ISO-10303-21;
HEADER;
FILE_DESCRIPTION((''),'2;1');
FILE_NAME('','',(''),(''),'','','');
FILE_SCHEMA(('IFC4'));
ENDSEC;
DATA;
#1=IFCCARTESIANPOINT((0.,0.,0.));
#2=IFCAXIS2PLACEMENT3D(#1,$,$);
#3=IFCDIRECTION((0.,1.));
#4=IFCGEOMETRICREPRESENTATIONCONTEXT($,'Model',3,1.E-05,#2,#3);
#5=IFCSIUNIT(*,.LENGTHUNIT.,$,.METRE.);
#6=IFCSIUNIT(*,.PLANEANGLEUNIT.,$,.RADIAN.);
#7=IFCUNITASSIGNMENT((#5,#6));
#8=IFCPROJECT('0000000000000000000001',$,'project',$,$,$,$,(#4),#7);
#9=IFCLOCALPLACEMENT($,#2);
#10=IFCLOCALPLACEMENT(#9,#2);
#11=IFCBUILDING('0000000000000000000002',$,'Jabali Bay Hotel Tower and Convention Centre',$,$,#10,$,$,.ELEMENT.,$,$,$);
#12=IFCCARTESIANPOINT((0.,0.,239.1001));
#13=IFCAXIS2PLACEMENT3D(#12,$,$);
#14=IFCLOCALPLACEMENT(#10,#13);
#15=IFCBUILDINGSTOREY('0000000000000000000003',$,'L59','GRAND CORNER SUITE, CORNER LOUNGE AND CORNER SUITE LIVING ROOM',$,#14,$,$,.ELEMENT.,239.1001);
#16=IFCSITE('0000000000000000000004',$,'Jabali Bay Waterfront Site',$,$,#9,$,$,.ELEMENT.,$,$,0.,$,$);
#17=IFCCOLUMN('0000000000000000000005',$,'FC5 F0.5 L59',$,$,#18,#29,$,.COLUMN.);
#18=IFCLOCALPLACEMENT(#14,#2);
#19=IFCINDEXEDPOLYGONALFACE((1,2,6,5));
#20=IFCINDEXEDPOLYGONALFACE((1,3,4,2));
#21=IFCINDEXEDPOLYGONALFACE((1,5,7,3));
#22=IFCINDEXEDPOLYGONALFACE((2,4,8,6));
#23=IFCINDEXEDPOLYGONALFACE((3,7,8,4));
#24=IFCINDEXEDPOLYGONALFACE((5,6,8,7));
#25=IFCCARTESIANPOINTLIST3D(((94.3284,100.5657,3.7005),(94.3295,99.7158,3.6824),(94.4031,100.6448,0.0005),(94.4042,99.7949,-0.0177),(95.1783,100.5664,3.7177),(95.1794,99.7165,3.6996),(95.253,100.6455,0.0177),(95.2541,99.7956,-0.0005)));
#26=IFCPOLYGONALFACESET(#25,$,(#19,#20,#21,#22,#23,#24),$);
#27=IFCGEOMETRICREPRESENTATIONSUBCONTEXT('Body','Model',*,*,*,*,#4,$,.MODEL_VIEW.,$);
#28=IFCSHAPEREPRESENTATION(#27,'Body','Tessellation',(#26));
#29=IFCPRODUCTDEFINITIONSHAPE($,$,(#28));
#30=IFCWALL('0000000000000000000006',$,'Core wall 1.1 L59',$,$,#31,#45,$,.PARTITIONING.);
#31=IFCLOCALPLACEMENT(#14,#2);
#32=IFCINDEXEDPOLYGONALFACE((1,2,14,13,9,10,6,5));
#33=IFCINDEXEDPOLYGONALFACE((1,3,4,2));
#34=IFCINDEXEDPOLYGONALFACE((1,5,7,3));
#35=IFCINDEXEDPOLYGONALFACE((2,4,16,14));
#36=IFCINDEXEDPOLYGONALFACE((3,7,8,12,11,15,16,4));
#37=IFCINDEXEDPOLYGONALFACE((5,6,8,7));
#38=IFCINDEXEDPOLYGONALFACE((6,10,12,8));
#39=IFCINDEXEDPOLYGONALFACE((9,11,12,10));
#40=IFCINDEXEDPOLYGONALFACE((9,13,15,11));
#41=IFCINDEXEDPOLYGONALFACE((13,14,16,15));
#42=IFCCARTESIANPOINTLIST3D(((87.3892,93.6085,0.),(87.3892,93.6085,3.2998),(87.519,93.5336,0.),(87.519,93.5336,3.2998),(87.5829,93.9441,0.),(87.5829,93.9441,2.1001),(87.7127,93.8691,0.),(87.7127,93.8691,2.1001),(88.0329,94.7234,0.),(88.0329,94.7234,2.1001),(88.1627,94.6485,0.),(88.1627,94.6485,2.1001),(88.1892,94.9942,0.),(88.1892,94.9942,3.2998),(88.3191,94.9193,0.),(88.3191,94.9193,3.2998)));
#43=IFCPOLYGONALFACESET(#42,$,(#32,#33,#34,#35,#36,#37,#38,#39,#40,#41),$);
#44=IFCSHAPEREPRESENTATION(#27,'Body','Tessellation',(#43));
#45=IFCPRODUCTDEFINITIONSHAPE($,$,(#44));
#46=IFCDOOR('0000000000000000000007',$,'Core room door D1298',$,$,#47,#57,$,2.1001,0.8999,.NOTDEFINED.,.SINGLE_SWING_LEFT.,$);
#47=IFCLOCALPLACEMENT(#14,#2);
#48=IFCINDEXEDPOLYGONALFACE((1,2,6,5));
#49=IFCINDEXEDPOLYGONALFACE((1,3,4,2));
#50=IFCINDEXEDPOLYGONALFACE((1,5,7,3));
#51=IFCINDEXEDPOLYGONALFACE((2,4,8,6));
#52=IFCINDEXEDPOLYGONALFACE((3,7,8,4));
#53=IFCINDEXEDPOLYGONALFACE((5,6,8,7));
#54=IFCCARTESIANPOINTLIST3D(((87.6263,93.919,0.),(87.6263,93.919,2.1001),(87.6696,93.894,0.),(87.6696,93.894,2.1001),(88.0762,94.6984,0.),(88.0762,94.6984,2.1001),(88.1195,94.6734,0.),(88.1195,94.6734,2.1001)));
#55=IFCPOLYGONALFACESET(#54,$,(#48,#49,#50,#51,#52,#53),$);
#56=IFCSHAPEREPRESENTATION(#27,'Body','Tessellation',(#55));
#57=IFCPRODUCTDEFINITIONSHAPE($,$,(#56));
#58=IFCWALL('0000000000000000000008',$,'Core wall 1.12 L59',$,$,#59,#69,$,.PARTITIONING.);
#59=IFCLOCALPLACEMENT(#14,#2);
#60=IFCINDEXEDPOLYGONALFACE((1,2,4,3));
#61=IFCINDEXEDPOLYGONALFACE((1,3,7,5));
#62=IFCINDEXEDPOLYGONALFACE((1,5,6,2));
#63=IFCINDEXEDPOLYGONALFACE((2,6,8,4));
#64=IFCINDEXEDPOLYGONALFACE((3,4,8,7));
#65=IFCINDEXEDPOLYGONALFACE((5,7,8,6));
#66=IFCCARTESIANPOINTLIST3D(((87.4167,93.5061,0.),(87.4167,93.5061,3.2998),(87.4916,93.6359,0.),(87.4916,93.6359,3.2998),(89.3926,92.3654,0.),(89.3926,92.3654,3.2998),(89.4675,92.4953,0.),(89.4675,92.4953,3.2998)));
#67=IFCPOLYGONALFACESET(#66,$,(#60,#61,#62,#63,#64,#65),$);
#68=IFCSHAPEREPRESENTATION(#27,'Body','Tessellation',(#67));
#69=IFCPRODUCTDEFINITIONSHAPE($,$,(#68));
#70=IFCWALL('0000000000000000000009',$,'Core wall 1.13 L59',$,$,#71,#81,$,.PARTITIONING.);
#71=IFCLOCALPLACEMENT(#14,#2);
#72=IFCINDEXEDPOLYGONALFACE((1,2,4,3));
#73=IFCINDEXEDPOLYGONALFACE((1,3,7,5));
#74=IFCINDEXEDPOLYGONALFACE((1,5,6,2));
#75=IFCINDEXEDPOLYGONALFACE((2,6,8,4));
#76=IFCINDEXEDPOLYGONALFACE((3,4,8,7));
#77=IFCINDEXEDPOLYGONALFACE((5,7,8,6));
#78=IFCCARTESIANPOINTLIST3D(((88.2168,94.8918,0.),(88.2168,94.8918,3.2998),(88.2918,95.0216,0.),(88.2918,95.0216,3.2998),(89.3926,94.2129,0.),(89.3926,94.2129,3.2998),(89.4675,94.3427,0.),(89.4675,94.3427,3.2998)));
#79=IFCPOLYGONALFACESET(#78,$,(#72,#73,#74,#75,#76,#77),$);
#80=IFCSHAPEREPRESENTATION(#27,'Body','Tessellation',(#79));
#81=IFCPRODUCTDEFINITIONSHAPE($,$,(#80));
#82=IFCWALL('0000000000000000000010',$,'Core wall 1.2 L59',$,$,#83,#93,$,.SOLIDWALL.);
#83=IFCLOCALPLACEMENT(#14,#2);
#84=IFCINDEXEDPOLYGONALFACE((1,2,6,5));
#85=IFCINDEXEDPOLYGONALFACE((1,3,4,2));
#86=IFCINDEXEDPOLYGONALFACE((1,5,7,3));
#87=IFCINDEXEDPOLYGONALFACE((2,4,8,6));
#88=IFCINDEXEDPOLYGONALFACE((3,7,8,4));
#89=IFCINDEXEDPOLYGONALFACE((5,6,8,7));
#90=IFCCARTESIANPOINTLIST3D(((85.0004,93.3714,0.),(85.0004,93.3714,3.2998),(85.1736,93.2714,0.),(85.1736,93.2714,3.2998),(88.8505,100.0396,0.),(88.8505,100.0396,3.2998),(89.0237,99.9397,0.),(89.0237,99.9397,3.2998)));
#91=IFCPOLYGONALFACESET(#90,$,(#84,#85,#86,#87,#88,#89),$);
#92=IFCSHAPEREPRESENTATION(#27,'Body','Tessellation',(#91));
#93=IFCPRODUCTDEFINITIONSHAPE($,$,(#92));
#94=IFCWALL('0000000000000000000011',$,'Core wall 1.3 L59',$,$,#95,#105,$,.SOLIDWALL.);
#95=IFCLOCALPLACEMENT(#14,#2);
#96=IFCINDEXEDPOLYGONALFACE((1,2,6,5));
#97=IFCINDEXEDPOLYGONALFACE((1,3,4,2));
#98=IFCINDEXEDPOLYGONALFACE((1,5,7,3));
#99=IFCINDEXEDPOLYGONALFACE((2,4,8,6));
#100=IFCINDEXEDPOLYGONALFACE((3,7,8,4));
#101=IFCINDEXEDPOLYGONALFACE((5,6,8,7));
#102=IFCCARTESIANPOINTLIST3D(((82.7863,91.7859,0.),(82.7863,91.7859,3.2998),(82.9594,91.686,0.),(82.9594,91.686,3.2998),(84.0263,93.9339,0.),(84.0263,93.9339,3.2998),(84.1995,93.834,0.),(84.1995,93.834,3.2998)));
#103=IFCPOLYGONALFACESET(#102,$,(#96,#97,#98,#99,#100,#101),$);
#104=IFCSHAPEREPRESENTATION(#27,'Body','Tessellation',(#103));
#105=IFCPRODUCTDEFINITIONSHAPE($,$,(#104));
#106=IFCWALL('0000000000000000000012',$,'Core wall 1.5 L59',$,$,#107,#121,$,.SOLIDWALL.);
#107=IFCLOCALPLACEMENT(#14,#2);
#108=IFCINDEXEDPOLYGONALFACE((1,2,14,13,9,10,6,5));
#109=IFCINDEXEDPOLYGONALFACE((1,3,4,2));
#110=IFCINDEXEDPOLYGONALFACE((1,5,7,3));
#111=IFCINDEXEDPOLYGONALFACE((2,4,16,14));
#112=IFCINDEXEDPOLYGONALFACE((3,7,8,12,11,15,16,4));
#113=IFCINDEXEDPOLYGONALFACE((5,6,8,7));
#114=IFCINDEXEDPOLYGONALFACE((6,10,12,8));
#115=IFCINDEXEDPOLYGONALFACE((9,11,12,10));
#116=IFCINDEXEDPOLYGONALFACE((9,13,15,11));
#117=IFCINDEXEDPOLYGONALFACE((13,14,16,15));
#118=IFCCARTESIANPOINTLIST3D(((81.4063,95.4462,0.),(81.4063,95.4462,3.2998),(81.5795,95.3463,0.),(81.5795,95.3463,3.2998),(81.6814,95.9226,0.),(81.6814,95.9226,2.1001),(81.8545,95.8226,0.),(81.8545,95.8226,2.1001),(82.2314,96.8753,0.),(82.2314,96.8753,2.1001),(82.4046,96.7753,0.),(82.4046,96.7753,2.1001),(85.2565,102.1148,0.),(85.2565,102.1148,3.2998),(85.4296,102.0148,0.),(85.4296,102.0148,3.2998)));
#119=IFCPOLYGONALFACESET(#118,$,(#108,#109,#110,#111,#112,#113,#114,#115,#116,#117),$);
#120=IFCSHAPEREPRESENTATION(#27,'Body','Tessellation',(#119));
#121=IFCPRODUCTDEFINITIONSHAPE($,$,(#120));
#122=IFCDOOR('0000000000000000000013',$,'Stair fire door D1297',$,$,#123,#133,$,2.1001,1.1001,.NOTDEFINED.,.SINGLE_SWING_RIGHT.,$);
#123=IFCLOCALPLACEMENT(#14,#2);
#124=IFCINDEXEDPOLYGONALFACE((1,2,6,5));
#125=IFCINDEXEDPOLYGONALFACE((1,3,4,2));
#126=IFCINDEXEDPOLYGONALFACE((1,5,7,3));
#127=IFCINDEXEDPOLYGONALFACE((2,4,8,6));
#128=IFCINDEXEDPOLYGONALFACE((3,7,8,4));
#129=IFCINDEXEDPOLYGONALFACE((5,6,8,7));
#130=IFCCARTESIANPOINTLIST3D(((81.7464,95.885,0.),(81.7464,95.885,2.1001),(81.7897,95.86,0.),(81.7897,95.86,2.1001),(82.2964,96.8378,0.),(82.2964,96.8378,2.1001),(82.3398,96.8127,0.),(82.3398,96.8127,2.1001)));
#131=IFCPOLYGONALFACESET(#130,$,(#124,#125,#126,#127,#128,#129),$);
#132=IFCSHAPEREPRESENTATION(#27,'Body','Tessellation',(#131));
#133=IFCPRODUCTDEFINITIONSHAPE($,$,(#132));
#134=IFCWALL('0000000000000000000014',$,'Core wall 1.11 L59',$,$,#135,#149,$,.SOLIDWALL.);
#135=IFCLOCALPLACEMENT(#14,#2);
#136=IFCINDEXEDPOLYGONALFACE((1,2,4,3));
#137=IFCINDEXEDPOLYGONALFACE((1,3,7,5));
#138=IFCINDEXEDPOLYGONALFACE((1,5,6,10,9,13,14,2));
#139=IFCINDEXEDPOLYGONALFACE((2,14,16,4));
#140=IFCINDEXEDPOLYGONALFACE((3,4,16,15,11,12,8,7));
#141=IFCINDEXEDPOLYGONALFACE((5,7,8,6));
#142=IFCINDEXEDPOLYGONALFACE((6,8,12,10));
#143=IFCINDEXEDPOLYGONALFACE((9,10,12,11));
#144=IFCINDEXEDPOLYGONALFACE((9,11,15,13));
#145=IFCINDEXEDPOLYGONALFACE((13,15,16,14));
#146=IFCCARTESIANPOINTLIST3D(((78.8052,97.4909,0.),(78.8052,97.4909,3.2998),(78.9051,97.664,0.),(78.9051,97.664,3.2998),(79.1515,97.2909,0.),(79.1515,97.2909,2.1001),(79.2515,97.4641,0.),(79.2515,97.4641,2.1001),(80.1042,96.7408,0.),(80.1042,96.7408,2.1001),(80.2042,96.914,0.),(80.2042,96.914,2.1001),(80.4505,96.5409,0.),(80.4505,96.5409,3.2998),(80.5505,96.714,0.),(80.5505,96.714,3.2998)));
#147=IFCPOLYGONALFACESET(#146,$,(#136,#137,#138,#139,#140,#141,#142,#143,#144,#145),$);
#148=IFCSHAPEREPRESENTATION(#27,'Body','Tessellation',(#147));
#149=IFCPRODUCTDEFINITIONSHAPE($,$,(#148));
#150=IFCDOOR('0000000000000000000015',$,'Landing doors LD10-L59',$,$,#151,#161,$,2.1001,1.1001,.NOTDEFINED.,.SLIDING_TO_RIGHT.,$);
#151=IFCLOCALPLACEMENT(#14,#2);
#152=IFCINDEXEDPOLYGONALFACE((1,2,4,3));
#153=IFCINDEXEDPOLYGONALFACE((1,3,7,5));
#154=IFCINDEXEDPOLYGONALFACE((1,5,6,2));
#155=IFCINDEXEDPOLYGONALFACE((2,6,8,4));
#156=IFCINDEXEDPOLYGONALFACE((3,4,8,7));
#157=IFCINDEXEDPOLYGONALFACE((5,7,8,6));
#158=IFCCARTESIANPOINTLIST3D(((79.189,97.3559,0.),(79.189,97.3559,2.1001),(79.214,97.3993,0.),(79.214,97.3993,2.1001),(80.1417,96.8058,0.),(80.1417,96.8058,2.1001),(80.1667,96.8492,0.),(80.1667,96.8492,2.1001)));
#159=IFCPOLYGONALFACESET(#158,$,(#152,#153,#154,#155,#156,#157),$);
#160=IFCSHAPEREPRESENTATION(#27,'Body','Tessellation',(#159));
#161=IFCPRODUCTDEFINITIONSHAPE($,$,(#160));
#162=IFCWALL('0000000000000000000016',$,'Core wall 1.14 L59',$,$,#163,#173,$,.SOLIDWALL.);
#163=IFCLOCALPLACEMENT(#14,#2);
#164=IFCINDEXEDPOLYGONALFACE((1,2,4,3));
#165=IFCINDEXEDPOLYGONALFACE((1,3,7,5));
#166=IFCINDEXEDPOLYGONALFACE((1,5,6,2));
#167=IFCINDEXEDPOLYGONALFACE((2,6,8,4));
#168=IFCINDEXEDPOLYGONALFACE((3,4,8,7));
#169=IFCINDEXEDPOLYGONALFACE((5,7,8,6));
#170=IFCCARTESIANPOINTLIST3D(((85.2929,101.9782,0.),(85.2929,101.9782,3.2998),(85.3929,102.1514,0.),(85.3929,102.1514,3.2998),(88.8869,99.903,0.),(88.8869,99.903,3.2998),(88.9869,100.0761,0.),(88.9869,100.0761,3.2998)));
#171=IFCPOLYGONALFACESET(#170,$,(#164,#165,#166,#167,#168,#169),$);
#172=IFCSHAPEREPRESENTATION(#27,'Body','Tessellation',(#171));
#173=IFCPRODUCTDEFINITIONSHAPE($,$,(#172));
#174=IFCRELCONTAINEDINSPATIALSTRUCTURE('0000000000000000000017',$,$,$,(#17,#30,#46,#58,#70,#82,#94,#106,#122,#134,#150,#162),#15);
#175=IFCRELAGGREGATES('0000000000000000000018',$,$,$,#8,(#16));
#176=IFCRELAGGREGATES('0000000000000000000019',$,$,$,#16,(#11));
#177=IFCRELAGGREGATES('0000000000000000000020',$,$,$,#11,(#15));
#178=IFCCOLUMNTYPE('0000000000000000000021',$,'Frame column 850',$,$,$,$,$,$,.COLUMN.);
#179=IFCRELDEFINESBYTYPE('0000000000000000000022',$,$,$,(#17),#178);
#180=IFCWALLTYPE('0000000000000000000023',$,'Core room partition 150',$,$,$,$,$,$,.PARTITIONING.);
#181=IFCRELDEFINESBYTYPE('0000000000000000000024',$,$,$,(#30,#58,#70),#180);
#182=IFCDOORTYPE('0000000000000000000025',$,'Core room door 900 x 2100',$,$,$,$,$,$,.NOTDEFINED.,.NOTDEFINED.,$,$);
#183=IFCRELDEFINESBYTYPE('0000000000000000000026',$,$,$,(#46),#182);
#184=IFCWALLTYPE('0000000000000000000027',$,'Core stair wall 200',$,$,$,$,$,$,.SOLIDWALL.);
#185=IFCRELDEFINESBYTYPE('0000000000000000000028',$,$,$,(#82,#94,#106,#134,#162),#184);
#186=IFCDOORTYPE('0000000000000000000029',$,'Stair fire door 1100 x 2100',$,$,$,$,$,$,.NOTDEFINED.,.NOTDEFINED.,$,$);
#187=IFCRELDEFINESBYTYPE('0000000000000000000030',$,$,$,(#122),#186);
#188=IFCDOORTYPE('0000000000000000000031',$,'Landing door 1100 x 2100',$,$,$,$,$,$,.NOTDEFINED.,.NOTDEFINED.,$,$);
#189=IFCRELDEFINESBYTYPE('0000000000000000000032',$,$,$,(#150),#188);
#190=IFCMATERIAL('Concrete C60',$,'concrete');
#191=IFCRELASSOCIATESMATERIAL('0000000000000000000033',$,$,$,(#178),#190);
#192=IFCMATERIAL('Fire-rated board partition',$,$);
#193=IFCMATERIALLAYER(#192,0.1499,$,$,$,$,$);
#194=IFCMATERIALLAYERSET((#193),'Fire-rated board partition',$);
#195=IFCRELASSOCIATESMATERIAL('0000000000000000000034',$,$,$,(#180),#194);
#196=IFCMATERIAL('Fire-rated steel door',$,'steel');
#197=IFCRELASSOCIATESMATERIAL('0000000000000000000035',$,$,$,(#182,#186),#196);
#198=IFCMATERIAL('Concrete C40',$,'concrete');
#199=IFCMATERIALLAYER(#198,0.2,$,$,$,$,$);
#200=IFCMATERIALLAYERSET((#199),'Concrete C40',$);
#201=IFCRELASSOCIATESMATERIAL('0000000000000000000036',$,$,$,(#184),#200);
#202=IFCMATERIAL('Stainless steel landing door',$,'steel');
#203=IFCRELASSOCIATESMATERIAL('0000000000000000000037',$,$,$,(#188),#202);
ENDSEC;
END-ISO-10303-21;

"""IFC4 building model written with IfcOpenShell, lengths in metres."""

from ifc_helpers import new_model, si_unit, direction, frame, frame_2d, origin, origin_2d, place, context, subcontext, project, spatial, rectangle, extrude, material, layer, layer_set, material_profile, profile_set, type_object, element, fill, save


model = new_model("IFC4")

# Units and contexts
model_context = context("Model", 3, precision=1e-05, world=origin(), true_north=direction((0.0, 1.0)))
body_context = subcontext(model_context, "Body", "Model", "MODEL_VIEW")
ifc_project = project(units=[si_unit("LENGTHUNIT", "METRE"), si_unit("PLANEANGLEUNIT", "RADIAN")], contexts=[model_context])

# Site, building, storey
site_placement = place(None, origin())
site = spatial("IfcSite", under=ifc_project, at=site_placement, Name="Jabali Bay Waterfront Site", CompositionType="ELEMENT", RefElevation=0.0)
building_placement = place(site_placement, origin())
building = spatial("IfcBuilding", under=site, at=building_placement, Name="Jabali Bay Hotel Tower and Convention Centre", CompositionType="ELEMENT")
storey_placement = place(building_placement, frame((0.0, 0.0, 239.1001)))
storey = spatial("IfcBuildingStorey", under=building, at=storey_placement, Name="L59", Description="GRAND CORNER SUITE, CORNER LOUNGE AND CORNER SUITE LIVING ROOM", CompositionType="ELEMENT", Elevation=239.1001)

# Column
ifc_material_1 = material(Name="Concrete C60", Category="concrete")
ifc_material_profile = material_profile(ifc_material_1, rectangle(XDim=0.8501, YDim=0.8501, at=origin_2d()), Name="Frame column 850")
ifc_profile_set = profile_set([ifc_material_profile], Name="Concrete C60")
column_type = type_object("IfcColumnType", Name="Frame column 850", PredefinedType="COLUMN", material=ifc_profile_set)
column_placement = place(storey_placement, frame((94.8286, 100.2202, 0.0), z_axis=(-0.020183, -0.02137, 0.999568), x_axis=(0.999795, 0.000884, 0.020206)))
element("IfcColumn", 1, at=column_placement, inside=storey, type_object=column_type, Name="FC5 F0.5 L59", PredefinedType="COLUMN", context=body_context, shape_type="SweptSolid", body=[
    extrude(rectangle(XDim=0.8501, YDim=0.8501, at=origin_2d()), origin(), (0.0, 0.0, 1.0), 3.7017),
])

# Wall, opening, door
ifc_material_2 = material(Name="Fire-rated board partition")
ifc_layer_1 = layer(ifc_material_2, 0.1499)
ifc_layer_set_1 = layer_set([ifc_layer_1], Name="Fire-rated board partition")
wall_type_1 = type_object("IfcWallType", Name="Core room partition 150", PredefinedType="PARTITIONING", material=ifc_layer_set_1)
wall_1_placement = place(storey_placement, frame((87.4541, 93.571, 0.0), z_axis=(0.0, 0.0, 1.0), x_axis=(0.499995, 0.866028, 0.0)))
wall_1 = element("IfcWall", 2, at=wall_1_placement, inside=storey, type_object=wall_type_1, Name="Core wall 1.1 L59", PredefinedType="PARTITIONING", context=body_context, shape_type="SweptSolid", body=[
    extrude(rectangle(XDim=1.6001, YDim=0.1499, at=frame_2d((0.8, 0.0))), origin(), (0.0, 0.0, 1.0), 3.2998),
])
opening_1_placement = place(wall_1_placement, frame((0.3875, 0.0, 0.0)))
opening_1 = element("IfcOpeningElement", 3, at=opening_1_placement, cuts=wall_1, PredefinedType="OPENING", context=body_context, shape_type="SweptSolid", body=[
    extrude(rectangle(XDim=0.8999, YDim=2.1001, at=frame_2d((0.45, 1.05))), frame((0.0, 0.0854, 0.0), z_axis=(0.0, -1.0, 0.0), x_axis=(1.0, 0.0, 0.0)), (0.0, 0.0, 1.0), 0.1709),
])
ifc_material_3 = material(Name="Fire-rated steel door", Category="steel")
door_type_1 = type_object("IfcDoorType", Name="Core room door 900 x 2100", OperationType="NOTDEFINED", PredefinedType="NOTDEFINED", material=ifc_material_3)
door_1_placement = place(opening_1_placement, origin())
door_1 = element("IfcDoor", 4, at=door_1_placement, inside=storey, type_object=door_type_1, Name="Core room door D1298", OperationType="SINGLE_SWING_LEFT", OverallHeight=2.1001, OverallWidth=0.8999, PredefinedType="NOTDEFINED", context=body_context, shape_type="SweptSolid", body=[
    extrude(rectangle(XDim=0.8999, YDim=2.1001, at=frame_2d((0.45, 1.05))), frame((0.0, 0.0249, 0.0), z_axis=(0.0, -1.0, 0.0), x_axis=(1.0, 0.0, 0.0)), (0.0, 0.0, 1.0), 0.05),
])
fill(opening_1, door_1)

# Walls
wall_2_placement = place(storey_placement, frame((89.4299, 92.4304, 0.0), z_axis=(0.0, 0.0, 1.0), x_axis=(-0.866048, 0.49996, 0.0)))
element("IfcWall", 5, at=wall_2_placement, inside=storey, type_object=wall_type_1, Name="Core wall 1.12 L59", PredefinedType="PARTITIONING", context=body_context, shape_type="SweptSolid", body=[
    extrude(rectangle(XDim=2.2815, YDim=0.1499, at=frame_2d((1.1406, 0.0))), origin(), (0.0, 0.0, 1.0), 3.2998),
])
wall_3_placement = place(storey_placement, frame((89.4299, 94.2778, 0.0), z_axis=(0.0, 0.0, 1.0), x_axis=(-0.865988, 0.500065, 0.0)))
element("IfcWall", 6, at=wall_3_placement, inside=storey, type_object=wall_type_1, Name="Core wall 1.13 L59", PredefinedType="PARTITIONING", context=body_context, shape_type="SweptSolid", body=[
    extrude(rectangle(XDim=1.3577, YDim=0.1499, at=frame_2d((0.6787, 0.0))), origin(), (0.0, 0.0, 1.0), 3.2998),
])
ifc_material_4 = material(Name="Concrete C40", Category="concrete")
ifc_layer_2 = layer(ifc_material_4, 0.2)
ifc_layer_set_2 = layer_set([ifc_layer_2], Name="Concrete C40")
wall_type_2 = type_object("IfcWallType", Name="Core stair wall 200", PredefinedType="SOLIDWALL", material=ifc_layer_set_2)
wall_4_placement = place(storey_placement, frame((85.0869, 93.3213, 0.0), z_axis=(0.0, 0.0, 1.0), x_axis=(0.50002, 0.866014, 0.0)))
element("IfcWall", 7, at=wall_4_placement, inside=storey, type_object=wall_type_2, Name="Core wall 1.2 L59", PredefinedType="SOLIDWALL", context=body_context, shape_type="SweptSolid", body=[
    extrude(rectangle(XDim=7.7, YDim=0.2, at=frame_2d((3.8501, 0.0))), origin(), (0.0, 0.0, 1.0), 3.2998),
])
wall_5_placement = place(storey_placement, frame((82.8728, 91.7358, 0.0), z_axis=(0.0, 0.0, 1.0), x_axis=(0.499961, 0.866048, 0.0)))
element("IfcWall", 8, at=wall_5_placement, inside=storey, type_object=wall_type_2, Name="Core wall 1.3 L59", PredefinedType="SOLIDWALL", context=body_context, shape_type="SweptSolid", body=[
    extrude(rectangle(XDim=2.4802, YDim=0.2, at=frame_2d((1.2402, 0.0))), origin(), (0.0, 0.0, 1.0), 3.2998),
])

# Walls, openings, doors
wall_6_placement = place(storey_placement, frame((81.4929, 95.3962, 0.0), z_axis=(0.0, 0.0, 1.0), x_axis=(0.500006, 0.866022, 0.0)))
wall_6 = element("IfcWall", 9, at=wall_6_placement, inside=storey, type_object=wall_type_2, Name="Core wall 1.5 L59", PredefinedType="SOLIDWALL", context=body_context, shape_type="SweptSolid", body=[
    extrude(rectangle(XDim=7.7002, YDim=0.2, at=frame_2d((3.8501, 0.0))), origin(), (0.0, 0.0, 1.0), 3.2998),
])
opening_2_placement = place(wall_6_placement, frame((0.55, 0.0, 0.0)))
opening_2 = element("IfcOpeningElement", 10, at=opening_2_placement, cuts=wall_6, PredefinedType="OPENING", context=body_context, shape_type="SweptSolid", body=[
    extrude(rectangle(XDim=1.1001, YDim=2.1001, at=frame_2d((0.55, 1.05))), frame((0.0, 0.1104, 0.0), z_axis=(0.0, -1.0, 0.0), x_axis=(1.0, 0.0, 0.0)), (0.0, 0.0, 1.0), 0.2209),
])
door_type_2 = type_object("IfcDoorType", Name="Stair fire door 1100 x 2100", OperationType="NOTDEFINED", PredefinedType="NOTDEFINED", material=ifc_material_3)
door_2_placement = place(opening_2_placement, origin())
door_2 = element("IfcDoor", 11, at=door_2_placement, inside=storey, type_object=door_type_2, Name="Stair fire door D1297", OperationType="SINGLE_SWING_RIGHT", OverallHeight=2.1001, OverallWidth=1.1001, PredefinedType="NOTDEFINED", context=body_context, shape_type="SweptSolid", body=[
    extrude(rectangle(XDim=1.1001, YDim=2.1001, at=frame_2d((0.55, 1.05))), frame((0.0, 0.0249, 0.0), z_axis=(0.0, -1.0, 0.0), x_axis=(1.0, 0.0, 0.0)), (0.0, 0.0, 1.0), 0.05),
])
fill(opening_2, door_2)
wall_7_placement = place(storey_placement, frame((80.5005, 96.6274, 0.0), z_axis=(0.0, 0.0, 1.0), x_axis=(-0.866012, 0.500023, 0.0)))
wall_7 = element("IfcWall", 12, at=wall_7_placement, inside=storey, type_object=wall_type_2, Name="Core wall 1.11 L59", PredefinedType="SOLIDWALL", context=body_context, shape_type="SweptSolid", body=[
    extrude(rectangle(XDim=1.8999, YDim=0.2, at=frame_2d((0.95, 0.0))), origin(), (0.0, 0.0, 1.0), 3.2998),
])
opening_3_placement = place(wall_7_placement, frame((0.3999, 0.0, 0.0)))
opening_3 = element("IfcOpeningElement", 13, at=opening_3_placement, cuts=wall_7, PredefinedType="OPENING", context=body_context, shape_type="SweptSolid", body=[
    extrude(rectangle(XDim=1.1001, YDim=2.1001, at=frame_2d((0.55, 1.05))), frame((0.0, 0.1104, 0.0), z_axis=(0.0, -1.0, 0.0), x_axis=(1.0, 0.0, 0.0)), (0.0, 0.0, 1.0), 0.2209),
])
ifc_material_5 = material(Name="Stainless steel landing door", Category="steel")
door_type_3 = type_object("IfcDoorType", Name="Landing door 1100 x 2100", OperationType="NOTDEFINED", PredefinedType="NOTDEFINED", material=ifc_material_5)
door_3_placement = place(opening_3_placement, origin())
door_3 = element("IfcDoor", 14, at=door_3_placement, inside=storey, type_object=door_type_3, Name="Landing doors LD10-L59", OperationType="SLIDING_TO_RIGHT", OverallHeight=2.1001, OverallWidth=1.1001, PredefinedType="NOTDEFINED", context=body_context, shape_type="SweptSolid", body=[
    extrude(rectangle(XDim=1.1001, YDim=2.1001, at=frame_2d((0.55, 1.05))), frame((0.0, 0.0249, 0.0), z_axis=(0.0, -1.0, 0.0), x_axis=(1.0, 0.0, 0.0)), (0.0, 0.0, 1.0), 0.05),
])
fill(opening_3, door_3)

# Wall
wall_8_placement = place(storey_placement, frame((88.937, 99.9895, 0.0), z_axis=(0.0, 0.0, 1.0), x_axis=(-0.866004, 0.500036, 0.0)))
element("IfcWall", 15, at=wall_8_placement, inside=storey, type_object=wall_type_2, Name="Core wall 1.14 L59", PredefinedType="SOLIDWALL", context=body_context, shape_type="SweptSolid", body=[
    extrude(rectangle(XDim=4.1501, YDim=0.2, at=frame_2d((2.0752, 0.0))), origin(), (0.0, 0.0, 1.0), 3.2998),
])

save(model, "model.ifc")
